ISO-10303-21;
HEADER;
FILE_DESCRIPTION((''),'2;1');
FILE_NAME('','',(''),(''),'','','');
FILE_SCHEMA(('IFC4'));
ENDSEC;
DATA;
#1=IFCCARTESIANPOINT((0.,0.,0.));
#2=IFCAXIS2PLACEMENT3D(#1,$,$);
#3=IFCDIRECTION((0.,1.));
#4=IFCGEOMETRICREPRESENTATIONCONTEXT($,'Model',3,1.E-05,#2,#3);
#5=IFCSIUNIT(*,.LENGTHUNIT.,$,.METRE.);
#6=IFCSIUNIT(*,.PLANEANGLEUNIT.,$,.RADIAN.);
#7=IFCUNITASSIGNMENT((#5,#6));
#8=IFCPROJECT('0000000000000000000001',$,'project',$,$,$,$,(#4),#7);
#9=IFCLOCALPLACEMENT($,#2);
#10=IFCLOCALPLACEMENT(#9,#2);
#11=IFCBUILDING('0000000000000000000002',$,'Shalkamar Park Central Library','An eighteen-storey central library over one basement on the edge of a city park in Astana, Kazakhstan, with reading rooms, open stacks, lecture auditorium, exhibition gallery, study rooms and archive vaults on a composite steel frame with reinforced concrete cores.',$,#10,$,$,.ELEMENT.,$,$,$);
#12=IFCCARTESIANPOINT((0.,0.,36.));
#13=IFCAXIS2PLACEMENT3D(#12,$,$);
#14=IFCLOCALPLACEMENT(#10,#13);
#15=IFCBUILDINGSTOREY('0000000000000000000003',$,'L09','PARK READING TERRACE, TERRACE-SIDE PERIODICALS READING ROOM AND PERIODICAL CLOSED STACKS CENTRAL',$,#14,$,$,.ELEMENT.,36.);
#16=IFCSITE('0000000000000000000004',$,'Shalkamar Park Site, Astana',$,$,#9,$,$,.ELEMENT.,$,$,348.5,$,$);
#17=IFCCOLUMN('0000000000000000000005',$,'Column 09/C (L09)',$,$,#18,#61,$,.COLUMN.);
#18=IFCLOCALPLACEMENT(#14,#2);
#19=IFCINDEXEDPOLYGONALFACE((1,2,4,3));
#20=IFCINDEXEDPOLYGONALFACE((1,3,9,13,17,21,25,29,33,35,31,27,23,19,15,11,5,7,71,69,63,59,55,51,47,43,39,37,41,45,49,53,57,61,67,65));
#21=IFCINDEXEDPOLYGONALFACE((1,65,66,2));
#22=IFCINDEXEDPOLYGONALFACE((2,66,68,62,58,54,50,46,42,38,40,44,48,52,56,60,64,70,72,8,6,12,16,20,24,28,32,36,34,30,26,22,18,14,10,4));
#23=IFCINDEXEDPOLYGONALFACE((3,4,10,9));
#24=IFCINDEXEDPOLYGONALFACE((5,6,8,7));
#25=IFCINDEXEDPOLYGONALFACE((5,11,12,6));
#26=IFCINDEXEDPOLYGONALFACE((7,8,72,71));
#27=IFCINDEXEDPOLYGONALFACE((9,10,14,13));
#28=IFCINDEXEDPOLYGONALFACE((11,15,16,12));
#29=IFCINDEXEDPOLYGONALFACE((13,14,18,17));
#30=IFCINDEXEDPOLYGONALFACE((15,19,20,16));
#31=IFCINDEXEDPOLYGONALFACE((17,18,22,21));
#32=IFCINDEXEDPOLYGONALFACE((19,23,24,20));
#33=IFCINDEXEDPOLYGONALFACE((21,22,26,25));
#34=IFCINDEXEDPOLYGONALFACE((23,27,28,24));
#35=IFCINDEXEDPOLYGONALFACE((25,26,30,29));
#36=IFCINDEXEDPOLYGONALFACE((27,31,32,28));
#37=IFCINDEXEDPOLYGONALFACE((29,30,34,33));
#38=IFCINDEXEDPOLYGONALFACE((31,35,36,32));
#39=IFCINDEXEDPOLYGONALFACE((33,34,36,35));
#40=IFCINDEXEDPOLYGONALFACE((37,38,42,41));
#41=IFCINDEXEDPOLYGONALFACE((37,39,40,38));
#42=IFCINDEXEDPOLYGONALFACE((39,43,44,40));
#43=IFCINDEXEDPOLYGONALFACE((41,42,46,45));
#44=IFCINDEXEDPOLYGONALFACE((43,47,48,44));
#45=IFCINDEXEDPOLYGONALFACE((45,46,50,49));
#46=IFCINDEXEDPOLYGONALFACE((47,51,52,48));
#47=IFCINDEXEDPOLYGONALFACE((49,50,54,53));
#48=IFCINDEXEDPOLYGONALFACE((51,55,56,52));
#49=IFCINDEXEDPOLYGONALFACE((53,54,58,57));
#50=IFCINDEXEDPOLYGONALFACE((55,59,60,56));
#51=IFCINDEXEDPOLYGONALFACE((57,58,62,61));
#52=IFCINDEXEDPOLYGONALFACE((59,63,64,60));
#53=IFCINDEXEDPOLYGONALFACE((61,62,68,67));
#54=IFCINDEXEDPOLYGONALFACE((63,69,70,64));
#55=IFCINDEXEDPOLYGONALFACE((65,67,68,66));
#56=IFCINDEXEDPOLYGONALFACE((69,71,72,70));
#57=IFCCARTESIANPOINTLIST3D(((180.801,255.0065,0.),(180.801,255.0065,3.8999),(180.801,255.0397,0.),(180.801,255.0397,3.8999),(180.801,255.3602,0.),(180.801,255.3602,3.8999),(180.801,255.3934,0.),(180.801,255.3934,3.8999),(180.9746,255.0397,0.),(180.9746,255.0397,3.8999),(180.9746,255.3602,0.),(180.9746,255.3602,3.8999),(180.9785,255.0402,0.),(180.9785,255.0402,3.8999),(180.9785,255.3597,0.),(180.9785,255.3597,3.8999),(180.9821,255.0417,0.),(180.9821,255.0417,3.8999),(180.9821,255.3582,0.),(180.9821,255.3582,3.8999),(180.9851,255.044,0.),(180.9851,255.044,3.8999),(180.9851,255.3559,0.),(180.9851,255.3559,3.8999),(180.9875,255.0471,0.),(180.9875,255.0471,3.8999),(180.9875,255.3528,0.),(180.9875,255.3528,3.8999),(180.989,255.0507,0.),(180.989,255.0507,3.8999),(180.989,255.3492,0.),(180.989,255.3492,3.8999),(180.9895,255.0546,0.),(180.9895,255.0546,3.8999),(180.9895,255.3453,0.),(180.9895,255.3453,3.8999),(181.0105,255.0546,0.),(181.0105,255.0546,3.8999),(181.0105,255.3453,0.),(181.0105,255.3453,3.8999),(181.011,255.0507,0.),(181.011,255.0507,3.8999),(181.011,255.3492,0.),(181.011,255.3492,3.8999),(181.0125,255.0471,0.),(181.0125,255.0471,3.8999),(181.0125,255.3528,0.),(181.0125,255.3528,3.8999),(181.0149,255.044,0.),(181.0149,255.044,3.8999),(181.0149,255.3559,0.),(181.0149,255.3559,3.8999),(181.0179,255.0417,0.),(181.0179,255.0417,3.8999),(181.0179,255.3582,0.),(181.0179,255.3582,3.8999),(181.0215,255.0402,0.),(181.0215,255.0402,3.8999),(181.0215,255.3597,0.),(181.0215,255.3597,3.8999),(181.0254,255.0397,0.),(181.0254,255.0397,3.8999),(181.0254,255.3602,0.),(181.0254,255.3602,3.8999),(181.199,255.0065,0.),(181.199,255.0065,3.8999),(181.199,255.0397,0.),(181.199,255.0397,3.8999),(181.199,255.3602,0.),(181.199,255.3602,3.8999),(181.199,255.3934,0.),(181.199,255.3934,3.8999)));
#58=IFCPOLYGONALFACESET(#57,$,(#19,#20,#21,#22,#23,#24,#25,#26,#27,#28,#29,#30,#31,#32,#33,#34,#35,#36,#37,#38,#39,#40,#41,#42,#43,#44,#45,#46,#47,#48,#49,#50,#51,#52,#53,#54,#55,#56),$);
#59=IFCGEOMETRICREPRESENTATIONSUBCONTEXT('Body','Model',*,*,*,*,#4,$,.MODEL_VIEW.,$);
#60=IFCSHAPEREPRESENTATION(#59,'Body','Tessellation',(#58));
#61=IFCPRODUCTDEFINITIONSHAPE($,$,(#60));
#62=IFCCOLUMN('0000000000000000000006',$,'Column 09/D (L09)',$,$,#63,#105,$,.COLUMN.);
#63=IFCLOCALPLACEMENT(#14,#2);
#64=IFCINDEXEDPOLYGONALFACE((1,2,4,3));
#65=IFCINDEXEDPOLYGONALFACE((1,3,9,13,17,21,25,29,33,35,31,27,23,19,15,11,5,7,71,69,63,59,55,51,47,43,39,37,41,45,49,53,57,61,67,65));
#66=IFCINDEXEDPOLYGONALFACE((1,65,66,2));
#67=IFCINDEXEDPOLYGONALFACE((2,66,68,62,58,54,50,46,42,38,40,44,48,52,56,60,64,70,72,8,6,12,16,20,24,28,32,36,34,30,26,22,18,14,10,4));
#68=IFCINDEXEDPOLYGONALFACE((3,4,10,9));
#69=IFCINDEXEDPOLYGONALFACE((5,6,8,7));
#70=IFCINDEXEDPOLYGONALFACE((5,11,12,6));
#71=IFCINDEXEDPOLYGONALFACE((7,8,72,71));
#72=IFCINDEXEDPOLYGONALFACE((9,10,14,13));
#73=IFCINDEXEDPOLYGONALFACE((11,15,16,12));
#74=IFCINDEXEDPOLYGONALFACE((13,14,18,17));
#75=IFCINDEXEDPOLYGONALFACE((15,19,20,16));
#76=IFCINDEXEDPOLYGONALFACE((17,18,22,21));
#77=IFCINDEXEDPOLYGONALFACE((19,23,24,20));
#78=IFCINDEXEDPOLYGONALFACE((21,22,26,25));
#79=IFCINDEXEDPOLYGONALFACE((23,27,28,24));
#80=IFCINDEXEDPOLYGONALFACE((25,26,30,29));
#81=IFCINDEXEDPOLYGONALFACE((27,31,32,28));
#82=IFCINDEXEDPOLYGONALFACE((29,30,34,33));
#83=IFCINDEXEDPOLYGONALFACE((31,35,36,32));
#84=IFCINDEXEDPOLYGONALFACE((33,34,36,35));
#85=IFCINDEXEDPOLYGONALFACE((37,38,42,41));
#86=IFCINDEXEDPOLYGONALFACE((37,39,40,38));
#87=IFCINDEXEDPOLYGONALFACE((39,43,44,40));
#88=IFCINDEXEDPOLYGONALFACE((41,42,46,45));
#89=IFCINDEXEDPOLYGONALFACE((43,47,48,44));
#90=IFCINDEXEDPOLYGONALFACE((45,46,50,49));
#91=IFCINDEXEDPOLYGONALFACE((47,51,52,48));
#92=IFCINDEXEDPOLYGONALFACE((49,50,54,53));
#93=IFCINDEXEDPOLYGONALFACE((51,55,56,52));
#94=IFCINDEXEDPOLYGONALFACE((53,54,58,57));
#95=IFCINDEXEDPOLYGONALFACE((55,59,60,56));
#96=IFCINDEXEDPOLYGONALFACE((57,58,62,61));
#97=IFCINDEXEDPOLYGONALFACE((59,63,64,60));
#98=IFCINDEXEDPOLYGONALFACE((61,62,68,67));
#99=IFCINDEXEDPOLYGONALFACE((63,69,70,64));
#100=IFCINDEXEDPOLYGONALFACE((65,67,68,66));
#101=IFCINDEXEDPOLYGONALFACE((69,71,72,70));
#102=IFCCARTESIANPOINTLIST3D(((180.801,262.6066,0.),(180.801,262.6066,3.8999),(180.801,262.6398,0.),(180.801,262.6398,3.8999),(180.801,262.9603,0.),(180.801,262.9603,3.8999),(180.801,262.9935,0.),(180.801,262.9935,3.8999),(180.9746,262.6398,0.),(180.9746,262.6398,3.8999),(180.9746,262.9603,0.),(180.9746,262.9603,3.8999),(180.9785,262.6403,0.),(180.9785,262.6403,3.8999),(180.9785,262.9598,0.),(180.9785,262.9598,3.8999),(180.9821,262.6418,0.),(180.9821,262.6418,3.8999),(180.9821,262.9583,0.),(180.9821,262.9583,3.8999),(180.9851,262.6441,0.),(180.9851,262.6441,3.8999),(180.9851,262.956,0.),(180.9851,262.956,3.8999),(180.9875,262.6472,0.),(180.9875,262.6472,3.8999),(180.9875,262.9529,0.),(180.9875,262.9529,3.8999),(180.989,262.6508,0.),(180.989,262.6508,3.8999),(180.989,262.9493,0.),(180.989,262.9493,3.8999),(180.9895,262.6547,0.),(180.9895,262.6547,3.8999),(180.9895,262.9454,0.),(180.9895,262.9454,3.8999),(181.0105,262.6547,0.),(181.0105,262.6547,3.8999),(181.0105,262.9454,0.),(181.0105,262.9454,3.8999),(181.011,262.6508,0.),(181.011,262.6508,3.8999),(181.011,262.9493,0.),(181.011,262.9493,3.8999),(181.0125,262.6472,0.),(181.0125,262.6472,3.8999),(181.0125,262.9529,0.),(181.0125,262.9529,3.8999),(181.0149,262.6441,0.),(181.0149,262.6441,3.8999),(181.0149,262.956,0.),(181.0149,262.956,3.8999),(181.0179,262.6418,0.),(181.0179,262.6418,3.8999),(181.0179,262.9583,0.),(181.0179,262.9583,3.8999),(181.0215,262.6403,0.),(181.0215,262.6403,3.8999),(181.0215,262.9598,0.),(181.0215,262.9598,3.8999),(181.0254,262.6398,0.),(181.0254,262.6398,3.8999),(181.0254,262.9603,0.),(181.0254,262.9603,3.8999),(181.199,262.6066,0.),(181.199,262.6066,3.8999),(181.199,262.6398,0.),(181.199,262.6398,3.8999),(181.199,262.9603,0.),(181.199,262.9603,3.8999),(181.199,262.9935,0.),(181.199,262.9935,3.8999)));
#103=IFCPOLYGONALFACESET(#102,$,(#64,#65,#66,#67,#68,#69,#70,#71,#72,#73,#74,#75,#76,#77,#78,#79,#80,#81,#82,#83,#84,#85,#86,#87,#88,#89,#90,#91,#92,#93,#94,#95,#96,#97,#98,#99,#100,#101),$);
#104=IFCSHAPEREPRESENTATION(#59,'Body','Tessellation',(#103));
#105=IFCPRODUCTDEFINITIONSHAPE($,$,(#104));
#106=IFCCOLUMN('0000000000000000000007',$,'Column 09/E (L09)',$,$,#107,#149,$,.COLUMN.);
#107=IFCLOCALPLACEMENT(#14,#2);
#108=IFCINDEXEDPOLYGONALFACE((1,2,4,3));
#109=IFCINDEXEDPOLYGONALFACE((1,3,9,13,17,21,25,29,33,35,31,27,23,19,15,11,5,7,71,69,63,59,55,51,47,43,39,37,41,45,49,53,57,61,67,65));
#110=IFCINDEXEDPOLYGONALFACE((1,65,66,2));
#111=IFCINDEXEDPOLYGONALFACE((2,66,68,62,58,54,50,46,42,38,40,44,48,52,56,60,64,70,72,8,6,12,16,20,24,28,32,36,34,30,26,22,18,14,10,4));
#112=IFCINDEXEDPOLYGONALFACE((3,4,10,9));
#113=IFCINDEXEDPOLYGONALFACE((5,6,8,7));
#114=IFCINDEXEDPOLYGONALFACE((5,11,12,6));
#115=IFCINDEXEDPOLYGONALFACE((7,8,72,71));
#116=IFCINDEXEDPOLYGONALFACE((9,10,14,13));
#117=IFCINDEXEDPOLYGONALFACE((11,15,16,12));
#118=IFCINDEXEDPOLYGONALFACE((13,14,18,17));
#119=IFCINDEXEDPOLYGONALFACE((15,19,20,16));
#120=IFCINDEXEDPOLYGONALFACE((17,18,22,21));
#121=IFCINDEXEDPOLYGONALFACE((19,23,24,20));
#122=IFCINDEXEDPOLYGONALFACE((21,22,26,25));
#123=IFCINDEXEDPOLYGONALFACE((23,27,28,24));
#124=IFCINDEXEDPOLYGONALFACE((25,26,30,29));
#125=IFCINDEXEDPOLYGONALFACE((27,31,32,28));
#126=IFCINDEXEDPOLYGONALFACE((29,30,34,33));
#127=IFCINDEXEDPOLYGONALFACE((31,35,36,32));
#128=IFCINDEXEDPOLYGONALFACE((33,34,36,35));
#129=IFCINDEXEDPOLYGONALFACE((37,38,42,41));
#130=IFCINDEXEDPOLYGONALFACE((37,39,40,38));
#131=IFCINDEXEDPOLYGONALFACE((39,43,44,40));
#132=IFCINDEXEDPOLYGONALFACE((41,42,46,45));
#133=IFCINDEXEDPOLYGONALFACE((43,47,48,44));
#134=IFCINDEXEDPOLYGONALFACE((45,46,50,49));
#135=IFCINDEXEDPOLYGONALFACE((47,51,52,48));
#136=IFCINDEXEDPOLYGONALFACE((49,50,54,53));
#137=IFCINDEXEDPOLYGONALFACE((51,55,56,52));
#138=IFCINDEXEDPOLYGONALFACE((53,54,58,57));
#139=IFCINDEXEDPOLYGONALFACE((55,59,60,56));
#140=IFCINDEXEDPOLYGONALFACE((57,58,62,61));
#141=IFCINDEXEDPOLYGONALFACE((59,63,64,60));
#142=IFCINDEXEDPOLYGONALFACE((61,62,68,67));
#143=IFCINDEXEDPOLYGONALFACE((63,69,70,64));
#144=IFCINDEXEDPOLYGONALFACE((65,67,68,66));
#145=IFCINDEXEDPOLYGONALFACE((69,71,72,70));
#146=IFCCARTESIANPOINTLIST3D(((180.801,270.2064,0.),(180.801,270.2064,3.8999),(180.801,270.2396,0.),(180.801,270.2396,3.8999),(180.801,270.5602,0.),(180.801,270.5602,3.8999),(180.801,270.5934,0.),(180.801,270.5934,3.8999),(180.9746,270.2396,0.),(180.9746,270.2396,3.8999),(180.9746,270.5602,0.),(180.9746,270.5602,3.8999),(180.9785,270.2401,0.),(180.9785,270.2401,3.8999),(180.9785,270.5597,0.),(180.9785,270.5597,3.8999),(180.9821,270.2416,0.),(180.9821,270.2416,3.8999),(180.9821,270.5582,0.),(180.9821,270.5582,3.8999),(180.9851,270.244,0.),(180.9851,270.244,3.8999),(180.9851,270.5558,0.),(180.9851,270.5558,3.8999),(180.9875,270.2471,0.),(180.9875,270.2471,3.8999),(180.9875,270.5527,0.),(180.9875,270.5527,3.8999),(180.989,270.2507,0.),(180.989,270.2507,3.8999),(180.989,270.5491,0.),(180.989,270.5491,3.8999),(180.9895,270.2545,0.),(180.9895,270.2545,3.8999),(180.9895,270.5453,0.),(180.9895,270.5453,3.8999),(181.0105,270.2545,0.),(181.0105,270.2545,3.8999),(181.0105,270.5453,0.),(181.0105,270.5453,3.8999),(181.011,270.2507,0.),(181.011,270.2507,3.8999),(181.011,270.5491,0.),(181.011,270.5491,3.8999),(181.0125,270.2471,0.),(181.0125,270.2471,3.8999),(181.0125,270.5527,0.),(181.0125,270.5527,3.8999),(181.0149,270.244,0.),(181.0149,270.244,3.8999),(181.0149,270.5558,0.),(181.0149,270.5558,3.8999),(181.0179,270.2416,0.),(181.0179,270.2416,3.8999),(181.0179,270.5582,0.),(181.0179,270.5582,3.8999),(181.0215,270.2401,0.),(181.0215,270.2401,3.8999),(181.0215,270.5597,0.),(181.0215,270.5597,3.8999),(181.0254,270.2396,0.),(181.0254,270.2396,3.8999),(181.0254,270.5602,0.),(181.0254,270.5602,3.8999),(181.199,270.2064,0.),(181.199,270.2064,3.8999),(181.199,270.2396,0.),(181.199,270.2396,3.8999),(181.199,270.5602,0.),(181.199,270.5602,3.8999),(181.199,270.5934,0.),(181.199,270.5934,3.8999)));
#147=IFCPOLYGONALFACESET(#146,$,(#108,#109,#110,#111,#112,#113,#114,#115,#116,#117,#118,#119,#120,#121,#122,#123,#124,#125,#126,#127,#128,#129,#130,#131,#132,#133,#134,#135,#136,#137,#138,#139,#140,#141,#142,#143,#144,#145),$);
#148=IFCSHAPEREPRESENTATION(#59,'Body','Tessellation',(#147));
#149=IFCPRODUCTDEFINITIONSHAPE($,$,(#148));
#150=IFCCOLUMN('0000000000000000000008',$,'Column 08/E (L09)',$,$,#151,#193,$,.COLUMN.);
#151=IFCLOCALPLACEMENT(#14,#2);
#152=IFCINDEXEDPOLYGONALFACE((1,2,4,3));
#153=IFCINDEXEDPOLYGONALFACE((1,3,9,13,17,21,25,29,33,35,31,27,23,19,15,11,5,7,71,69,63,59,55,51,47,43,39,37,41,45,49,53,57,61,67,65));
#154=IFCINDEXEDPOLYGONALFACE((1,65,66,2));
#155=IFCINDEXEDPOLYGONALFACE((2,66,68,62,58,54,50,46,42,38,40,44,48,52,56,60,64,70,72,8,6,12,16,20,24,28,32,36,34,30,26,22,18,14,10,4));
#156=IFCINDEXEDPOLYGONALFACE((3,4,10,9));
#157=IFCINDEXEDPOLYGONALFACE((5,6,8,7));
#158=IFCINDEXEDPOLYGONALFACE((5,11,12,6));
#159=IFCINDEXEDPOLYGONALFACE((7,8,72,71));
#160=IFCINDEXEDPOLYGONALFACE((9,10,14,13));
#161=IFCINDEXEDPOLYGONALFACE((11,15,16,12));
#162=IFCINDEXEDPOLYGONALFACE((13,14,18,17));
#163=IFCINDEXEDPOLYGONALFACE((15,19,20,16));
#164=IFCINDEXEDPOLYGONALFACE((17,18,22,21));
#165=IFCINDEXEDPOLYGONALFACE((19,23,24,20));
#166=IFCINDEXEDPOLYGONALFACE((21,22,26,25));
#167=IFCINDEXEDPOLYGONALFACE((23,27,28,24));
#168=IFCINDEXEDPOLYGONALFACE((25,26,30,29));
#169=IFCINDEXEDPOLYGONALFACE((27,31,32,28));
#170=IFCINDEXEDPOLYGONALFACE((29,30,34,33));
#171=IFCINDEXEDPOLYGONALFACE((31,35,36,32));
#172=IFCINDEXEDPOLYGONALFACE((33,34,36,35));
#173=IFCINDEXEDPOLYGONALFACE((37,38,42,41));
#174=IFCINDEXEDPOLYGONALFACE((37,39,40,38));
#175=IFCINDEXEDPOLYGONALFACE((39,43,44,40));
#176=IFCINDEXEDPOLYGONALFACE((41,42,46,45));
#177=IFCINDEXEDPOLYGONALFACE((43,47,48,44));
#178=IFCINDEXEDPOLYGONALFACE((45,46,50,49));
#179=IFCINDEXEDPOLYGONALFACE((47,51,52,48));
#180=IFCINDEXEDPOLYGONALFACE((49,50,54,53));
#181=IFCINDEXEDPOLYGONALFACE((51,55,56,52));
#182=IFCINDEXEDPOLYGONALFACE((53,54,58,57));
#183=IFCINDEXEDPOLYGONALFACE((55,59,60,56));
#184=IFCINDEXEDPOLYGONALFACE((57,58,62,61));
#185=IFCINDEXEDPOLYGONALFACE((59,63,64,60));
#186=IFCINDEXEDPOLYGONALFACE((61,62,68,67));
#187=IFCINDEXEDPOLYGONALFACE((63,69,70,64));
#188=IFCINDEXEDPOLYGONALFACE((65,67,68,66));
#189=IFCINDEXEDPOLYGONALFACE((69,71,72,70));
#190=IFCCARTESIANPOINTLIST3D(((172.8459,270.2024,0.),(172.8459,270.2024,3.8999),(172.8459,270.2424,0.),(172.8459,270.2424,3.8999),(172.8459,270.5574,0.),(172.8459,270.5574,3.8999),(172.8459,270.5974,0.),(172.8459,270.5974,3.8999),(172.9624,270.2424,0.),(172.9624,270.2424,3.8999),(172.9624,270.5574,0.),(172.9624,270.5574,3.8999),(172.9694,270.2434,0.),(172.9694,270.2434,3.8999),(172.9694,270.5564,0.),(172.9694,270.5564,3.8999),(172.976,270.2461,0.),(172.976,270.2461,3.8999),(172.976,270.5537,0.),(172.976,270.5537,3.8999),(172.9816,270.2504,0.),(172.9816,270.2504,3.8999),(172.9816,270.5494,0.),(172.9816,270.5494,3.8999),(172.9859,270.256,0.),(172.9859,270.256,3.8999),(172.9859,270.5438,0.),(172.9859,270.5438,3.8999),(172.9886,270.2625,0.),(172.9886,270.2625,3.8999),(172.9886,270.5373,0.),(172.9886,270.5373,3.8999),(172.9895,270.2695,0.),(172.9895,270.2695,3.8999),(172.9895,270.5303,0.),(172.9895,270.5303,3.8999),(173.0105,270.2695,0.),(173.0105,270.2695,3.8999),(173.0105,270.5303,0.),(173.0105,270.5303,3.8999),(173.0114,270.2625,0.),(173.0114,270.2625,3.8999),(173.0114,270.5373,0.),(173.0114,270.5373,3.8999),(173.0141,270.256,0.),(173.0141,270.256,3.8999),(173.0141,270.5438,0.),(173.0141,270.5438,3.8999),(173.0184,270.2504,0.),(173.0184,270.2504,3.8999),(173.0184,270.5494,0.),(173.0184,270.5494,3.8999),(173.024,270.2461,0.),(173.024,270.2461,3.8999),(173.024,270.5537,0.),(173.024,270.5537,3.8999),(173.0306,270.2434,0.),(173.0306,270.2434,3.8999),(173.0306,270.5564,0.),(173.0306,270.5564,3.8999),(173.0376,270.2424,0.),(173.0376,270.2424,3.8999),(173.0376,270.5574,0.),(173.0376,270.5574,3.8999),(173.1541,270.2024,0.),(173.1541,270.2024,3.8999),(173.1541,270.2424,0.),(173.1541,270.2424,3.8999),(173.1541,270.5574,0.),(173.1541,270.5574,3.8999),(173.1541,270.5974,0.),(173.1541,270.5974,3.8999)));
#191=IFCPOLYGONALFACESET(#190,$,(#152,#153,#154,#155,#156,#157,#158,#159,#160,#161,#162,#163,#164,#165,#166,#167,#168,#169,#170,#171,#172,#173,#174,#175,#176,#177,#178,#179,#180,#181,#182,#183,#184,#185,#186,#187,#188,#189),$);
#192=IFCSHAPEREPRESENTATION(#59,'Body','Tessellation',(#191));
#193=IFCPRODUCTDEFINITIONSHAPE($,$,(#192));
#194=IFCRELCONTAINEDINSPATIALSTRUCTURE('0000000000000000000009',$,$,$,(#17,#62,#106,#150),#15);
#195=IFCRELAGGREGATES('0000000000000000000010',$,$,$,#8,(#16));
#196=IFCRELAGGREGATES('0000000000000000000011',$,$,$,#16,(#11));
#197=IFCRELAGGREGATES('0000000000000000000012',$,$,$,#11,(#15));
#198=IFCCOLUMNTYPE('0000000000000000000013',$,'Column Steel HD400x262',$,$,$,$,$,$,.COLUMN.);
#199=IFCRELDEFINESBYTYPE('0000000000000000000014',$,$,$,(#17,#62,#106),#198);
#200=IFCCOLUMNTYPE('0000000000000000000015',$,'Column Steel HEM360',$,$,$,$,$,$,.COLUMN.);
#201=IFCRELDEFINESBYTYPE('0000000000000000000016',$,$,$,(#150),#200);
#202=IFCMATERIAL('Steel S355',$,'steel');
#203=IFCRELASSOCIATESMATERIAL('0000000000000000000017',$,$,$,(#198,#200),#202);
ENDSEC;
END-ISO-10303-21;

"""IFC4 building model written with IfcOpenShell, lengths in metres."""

from ifc_helpers import new_model, si_unit, direction, frame, origin, origin_2d, place, context, subcontext, project, spatial, i_section, extrude, material, material_profile, profile_set, type_object, element, save


model = new_model("IFC4")

# Units and contexts
model_context = context("Model", 3, precision=1e-05, world=origin(), true_north=direction((0.0, 1.0)))
body_context = subcontext(model_context, "Body", "Model", "MODEL_VIEW")
ifc_project = project(units=[si_unit("LENGTHUNIT", "METRE"), si_unit("PLANEANGLEUNIT", "RADIAN")], contexts=[model_context])

# Site, building, storey
site_placement = place(None, origin())
site = spatial("IfcSite", under=ifc_project, at=site_placement, Name="Shalkamar Park Site, Astana", CompositionType="ELEMENT", RefElevation=348.5)
building_placement = place(site_placement, origin())
building = spatial("IfcBuilding", under=site, at=building_placement, Name="Shalkamar Park Central Library", Description="An eighteen-storey central library over one basement on the edge of a city park in Astana, Kazakhstan, with reading rooms, open stacks, lecture auditorium, exhibition gallery, study rooms and archive vaults on a composite steel frame with reinforced concrete cores.", CompositionType="ELEMENT")
storey_placement = place(building_placement, frame((0.0, 0.0, 36.0)))
storey = spatial("IfcBuildingStorey", under=building, at=storey_placement, Name="L09", Description="PARK READING TERRACE, TERRACE-SIDE PERIODICALS READING ROOM AND PERIODICAL CLOSED STACKS CENTRAL", CompositionType="ELEMENT", Elevation=36.0)

# Columns
ifc_material_1 = material(Name="Steel S355", Category="steel")
ifc_material_profile_1 = material_profile(ifc_material_1, i_section(OverallWidth=0.3979, OverallDepth=0.387, WebThickness=0.021, FlangeThickness=0.0332, FilletRadius=0.0149, at=origin_2d()), Name="HD 400x262")
ifc_profile_set_1 = profile_set([ifc_material_profile_1], Name="Steel S355")
column_type_1 = type_object("IfcColumnType", Name="Column Steel HD400x262", PredefinedType="COLUMN", material=ifc_profile_set_1)
for number, where, z_axis, x_axis, name in (
    (1, (181.0, 255.2, 0.0), (0.0, 0.0, 1.0), (1.0, 0.0, 0.0), "Column 09/C (L09)"),
    (2, (181.0, 262.8, 0.0), (0.0, 0.0, 1.0), (1.0, 0.0, 0.0), "Column 09/D (L09)"),
    (3, (181.0, 270.3999, 0.0), (0.0, 0.0, 1.0), (1.0, 0.0, 0.0), "Column 09/E (L09)"),
):
    element("IfcColumn", number, at=place(storey_placement, frame(where, z_axis=z_axis, x_axis=x_axis)), inside=storey, type_object=column_type_1, Name=name, PredefinedType="COLUMN", context=body_context, shape_type="SweptSolid", body=[
        extrude(i_section(OverallWidth=0.3979, OverallDepth=0.387, WebThickness=0.021, FlangeThickness=0.0332, FilletRadius=0.0149, at=origin_2d()), origin(), (0.0, 0.0, 1.0), 3.8999),
    ])
ifc_material_profile_2 = material_profile(ifc_material_1, i_section(OverallWidth=0.3081, OverallDepth=0.395, WebThickness=0.021, FlangeThickness=0.04, FilletRadius=0.0271, at=origin_2d()), Name="HEM 360")
ifc_profile_set_2 = profile_set([ifc_material_profile_2], Name="Steel S355")
column_type_2 = type_object("IfcColumnType", Name="Column Steel HEM360", PredefinedType="COLUMN", material=ifc_profile_set_2)
for number, where, z_axis, x_axis, name in (
    (4, (173.0, 270.3999, 0.0), (0.0, 0.0, 1.0), (1.0, 0.0, 0.0), "Column 08/E (L09)"),
):
    element("IfcColumn", number, at=place(storey_placement, frame(where, z_axis=z_axis, x_axis=x_axis)), inside=storey, type_object=column_type_2, Name=name, PredefinedType="COLUMN", context=body_context, shape_type="SweptSolid", body=[
        extrude(i_section(OverallWidth=0.3081, OverallDepth=0.395, WebThickness=0.021, FlangeThickness=0.04, FilletRadius=0.0271, at=origin_2d()), origin(), (0.0, 0.0, 1.0), 3.8999),
    ])

save(model, "model.ifc")
